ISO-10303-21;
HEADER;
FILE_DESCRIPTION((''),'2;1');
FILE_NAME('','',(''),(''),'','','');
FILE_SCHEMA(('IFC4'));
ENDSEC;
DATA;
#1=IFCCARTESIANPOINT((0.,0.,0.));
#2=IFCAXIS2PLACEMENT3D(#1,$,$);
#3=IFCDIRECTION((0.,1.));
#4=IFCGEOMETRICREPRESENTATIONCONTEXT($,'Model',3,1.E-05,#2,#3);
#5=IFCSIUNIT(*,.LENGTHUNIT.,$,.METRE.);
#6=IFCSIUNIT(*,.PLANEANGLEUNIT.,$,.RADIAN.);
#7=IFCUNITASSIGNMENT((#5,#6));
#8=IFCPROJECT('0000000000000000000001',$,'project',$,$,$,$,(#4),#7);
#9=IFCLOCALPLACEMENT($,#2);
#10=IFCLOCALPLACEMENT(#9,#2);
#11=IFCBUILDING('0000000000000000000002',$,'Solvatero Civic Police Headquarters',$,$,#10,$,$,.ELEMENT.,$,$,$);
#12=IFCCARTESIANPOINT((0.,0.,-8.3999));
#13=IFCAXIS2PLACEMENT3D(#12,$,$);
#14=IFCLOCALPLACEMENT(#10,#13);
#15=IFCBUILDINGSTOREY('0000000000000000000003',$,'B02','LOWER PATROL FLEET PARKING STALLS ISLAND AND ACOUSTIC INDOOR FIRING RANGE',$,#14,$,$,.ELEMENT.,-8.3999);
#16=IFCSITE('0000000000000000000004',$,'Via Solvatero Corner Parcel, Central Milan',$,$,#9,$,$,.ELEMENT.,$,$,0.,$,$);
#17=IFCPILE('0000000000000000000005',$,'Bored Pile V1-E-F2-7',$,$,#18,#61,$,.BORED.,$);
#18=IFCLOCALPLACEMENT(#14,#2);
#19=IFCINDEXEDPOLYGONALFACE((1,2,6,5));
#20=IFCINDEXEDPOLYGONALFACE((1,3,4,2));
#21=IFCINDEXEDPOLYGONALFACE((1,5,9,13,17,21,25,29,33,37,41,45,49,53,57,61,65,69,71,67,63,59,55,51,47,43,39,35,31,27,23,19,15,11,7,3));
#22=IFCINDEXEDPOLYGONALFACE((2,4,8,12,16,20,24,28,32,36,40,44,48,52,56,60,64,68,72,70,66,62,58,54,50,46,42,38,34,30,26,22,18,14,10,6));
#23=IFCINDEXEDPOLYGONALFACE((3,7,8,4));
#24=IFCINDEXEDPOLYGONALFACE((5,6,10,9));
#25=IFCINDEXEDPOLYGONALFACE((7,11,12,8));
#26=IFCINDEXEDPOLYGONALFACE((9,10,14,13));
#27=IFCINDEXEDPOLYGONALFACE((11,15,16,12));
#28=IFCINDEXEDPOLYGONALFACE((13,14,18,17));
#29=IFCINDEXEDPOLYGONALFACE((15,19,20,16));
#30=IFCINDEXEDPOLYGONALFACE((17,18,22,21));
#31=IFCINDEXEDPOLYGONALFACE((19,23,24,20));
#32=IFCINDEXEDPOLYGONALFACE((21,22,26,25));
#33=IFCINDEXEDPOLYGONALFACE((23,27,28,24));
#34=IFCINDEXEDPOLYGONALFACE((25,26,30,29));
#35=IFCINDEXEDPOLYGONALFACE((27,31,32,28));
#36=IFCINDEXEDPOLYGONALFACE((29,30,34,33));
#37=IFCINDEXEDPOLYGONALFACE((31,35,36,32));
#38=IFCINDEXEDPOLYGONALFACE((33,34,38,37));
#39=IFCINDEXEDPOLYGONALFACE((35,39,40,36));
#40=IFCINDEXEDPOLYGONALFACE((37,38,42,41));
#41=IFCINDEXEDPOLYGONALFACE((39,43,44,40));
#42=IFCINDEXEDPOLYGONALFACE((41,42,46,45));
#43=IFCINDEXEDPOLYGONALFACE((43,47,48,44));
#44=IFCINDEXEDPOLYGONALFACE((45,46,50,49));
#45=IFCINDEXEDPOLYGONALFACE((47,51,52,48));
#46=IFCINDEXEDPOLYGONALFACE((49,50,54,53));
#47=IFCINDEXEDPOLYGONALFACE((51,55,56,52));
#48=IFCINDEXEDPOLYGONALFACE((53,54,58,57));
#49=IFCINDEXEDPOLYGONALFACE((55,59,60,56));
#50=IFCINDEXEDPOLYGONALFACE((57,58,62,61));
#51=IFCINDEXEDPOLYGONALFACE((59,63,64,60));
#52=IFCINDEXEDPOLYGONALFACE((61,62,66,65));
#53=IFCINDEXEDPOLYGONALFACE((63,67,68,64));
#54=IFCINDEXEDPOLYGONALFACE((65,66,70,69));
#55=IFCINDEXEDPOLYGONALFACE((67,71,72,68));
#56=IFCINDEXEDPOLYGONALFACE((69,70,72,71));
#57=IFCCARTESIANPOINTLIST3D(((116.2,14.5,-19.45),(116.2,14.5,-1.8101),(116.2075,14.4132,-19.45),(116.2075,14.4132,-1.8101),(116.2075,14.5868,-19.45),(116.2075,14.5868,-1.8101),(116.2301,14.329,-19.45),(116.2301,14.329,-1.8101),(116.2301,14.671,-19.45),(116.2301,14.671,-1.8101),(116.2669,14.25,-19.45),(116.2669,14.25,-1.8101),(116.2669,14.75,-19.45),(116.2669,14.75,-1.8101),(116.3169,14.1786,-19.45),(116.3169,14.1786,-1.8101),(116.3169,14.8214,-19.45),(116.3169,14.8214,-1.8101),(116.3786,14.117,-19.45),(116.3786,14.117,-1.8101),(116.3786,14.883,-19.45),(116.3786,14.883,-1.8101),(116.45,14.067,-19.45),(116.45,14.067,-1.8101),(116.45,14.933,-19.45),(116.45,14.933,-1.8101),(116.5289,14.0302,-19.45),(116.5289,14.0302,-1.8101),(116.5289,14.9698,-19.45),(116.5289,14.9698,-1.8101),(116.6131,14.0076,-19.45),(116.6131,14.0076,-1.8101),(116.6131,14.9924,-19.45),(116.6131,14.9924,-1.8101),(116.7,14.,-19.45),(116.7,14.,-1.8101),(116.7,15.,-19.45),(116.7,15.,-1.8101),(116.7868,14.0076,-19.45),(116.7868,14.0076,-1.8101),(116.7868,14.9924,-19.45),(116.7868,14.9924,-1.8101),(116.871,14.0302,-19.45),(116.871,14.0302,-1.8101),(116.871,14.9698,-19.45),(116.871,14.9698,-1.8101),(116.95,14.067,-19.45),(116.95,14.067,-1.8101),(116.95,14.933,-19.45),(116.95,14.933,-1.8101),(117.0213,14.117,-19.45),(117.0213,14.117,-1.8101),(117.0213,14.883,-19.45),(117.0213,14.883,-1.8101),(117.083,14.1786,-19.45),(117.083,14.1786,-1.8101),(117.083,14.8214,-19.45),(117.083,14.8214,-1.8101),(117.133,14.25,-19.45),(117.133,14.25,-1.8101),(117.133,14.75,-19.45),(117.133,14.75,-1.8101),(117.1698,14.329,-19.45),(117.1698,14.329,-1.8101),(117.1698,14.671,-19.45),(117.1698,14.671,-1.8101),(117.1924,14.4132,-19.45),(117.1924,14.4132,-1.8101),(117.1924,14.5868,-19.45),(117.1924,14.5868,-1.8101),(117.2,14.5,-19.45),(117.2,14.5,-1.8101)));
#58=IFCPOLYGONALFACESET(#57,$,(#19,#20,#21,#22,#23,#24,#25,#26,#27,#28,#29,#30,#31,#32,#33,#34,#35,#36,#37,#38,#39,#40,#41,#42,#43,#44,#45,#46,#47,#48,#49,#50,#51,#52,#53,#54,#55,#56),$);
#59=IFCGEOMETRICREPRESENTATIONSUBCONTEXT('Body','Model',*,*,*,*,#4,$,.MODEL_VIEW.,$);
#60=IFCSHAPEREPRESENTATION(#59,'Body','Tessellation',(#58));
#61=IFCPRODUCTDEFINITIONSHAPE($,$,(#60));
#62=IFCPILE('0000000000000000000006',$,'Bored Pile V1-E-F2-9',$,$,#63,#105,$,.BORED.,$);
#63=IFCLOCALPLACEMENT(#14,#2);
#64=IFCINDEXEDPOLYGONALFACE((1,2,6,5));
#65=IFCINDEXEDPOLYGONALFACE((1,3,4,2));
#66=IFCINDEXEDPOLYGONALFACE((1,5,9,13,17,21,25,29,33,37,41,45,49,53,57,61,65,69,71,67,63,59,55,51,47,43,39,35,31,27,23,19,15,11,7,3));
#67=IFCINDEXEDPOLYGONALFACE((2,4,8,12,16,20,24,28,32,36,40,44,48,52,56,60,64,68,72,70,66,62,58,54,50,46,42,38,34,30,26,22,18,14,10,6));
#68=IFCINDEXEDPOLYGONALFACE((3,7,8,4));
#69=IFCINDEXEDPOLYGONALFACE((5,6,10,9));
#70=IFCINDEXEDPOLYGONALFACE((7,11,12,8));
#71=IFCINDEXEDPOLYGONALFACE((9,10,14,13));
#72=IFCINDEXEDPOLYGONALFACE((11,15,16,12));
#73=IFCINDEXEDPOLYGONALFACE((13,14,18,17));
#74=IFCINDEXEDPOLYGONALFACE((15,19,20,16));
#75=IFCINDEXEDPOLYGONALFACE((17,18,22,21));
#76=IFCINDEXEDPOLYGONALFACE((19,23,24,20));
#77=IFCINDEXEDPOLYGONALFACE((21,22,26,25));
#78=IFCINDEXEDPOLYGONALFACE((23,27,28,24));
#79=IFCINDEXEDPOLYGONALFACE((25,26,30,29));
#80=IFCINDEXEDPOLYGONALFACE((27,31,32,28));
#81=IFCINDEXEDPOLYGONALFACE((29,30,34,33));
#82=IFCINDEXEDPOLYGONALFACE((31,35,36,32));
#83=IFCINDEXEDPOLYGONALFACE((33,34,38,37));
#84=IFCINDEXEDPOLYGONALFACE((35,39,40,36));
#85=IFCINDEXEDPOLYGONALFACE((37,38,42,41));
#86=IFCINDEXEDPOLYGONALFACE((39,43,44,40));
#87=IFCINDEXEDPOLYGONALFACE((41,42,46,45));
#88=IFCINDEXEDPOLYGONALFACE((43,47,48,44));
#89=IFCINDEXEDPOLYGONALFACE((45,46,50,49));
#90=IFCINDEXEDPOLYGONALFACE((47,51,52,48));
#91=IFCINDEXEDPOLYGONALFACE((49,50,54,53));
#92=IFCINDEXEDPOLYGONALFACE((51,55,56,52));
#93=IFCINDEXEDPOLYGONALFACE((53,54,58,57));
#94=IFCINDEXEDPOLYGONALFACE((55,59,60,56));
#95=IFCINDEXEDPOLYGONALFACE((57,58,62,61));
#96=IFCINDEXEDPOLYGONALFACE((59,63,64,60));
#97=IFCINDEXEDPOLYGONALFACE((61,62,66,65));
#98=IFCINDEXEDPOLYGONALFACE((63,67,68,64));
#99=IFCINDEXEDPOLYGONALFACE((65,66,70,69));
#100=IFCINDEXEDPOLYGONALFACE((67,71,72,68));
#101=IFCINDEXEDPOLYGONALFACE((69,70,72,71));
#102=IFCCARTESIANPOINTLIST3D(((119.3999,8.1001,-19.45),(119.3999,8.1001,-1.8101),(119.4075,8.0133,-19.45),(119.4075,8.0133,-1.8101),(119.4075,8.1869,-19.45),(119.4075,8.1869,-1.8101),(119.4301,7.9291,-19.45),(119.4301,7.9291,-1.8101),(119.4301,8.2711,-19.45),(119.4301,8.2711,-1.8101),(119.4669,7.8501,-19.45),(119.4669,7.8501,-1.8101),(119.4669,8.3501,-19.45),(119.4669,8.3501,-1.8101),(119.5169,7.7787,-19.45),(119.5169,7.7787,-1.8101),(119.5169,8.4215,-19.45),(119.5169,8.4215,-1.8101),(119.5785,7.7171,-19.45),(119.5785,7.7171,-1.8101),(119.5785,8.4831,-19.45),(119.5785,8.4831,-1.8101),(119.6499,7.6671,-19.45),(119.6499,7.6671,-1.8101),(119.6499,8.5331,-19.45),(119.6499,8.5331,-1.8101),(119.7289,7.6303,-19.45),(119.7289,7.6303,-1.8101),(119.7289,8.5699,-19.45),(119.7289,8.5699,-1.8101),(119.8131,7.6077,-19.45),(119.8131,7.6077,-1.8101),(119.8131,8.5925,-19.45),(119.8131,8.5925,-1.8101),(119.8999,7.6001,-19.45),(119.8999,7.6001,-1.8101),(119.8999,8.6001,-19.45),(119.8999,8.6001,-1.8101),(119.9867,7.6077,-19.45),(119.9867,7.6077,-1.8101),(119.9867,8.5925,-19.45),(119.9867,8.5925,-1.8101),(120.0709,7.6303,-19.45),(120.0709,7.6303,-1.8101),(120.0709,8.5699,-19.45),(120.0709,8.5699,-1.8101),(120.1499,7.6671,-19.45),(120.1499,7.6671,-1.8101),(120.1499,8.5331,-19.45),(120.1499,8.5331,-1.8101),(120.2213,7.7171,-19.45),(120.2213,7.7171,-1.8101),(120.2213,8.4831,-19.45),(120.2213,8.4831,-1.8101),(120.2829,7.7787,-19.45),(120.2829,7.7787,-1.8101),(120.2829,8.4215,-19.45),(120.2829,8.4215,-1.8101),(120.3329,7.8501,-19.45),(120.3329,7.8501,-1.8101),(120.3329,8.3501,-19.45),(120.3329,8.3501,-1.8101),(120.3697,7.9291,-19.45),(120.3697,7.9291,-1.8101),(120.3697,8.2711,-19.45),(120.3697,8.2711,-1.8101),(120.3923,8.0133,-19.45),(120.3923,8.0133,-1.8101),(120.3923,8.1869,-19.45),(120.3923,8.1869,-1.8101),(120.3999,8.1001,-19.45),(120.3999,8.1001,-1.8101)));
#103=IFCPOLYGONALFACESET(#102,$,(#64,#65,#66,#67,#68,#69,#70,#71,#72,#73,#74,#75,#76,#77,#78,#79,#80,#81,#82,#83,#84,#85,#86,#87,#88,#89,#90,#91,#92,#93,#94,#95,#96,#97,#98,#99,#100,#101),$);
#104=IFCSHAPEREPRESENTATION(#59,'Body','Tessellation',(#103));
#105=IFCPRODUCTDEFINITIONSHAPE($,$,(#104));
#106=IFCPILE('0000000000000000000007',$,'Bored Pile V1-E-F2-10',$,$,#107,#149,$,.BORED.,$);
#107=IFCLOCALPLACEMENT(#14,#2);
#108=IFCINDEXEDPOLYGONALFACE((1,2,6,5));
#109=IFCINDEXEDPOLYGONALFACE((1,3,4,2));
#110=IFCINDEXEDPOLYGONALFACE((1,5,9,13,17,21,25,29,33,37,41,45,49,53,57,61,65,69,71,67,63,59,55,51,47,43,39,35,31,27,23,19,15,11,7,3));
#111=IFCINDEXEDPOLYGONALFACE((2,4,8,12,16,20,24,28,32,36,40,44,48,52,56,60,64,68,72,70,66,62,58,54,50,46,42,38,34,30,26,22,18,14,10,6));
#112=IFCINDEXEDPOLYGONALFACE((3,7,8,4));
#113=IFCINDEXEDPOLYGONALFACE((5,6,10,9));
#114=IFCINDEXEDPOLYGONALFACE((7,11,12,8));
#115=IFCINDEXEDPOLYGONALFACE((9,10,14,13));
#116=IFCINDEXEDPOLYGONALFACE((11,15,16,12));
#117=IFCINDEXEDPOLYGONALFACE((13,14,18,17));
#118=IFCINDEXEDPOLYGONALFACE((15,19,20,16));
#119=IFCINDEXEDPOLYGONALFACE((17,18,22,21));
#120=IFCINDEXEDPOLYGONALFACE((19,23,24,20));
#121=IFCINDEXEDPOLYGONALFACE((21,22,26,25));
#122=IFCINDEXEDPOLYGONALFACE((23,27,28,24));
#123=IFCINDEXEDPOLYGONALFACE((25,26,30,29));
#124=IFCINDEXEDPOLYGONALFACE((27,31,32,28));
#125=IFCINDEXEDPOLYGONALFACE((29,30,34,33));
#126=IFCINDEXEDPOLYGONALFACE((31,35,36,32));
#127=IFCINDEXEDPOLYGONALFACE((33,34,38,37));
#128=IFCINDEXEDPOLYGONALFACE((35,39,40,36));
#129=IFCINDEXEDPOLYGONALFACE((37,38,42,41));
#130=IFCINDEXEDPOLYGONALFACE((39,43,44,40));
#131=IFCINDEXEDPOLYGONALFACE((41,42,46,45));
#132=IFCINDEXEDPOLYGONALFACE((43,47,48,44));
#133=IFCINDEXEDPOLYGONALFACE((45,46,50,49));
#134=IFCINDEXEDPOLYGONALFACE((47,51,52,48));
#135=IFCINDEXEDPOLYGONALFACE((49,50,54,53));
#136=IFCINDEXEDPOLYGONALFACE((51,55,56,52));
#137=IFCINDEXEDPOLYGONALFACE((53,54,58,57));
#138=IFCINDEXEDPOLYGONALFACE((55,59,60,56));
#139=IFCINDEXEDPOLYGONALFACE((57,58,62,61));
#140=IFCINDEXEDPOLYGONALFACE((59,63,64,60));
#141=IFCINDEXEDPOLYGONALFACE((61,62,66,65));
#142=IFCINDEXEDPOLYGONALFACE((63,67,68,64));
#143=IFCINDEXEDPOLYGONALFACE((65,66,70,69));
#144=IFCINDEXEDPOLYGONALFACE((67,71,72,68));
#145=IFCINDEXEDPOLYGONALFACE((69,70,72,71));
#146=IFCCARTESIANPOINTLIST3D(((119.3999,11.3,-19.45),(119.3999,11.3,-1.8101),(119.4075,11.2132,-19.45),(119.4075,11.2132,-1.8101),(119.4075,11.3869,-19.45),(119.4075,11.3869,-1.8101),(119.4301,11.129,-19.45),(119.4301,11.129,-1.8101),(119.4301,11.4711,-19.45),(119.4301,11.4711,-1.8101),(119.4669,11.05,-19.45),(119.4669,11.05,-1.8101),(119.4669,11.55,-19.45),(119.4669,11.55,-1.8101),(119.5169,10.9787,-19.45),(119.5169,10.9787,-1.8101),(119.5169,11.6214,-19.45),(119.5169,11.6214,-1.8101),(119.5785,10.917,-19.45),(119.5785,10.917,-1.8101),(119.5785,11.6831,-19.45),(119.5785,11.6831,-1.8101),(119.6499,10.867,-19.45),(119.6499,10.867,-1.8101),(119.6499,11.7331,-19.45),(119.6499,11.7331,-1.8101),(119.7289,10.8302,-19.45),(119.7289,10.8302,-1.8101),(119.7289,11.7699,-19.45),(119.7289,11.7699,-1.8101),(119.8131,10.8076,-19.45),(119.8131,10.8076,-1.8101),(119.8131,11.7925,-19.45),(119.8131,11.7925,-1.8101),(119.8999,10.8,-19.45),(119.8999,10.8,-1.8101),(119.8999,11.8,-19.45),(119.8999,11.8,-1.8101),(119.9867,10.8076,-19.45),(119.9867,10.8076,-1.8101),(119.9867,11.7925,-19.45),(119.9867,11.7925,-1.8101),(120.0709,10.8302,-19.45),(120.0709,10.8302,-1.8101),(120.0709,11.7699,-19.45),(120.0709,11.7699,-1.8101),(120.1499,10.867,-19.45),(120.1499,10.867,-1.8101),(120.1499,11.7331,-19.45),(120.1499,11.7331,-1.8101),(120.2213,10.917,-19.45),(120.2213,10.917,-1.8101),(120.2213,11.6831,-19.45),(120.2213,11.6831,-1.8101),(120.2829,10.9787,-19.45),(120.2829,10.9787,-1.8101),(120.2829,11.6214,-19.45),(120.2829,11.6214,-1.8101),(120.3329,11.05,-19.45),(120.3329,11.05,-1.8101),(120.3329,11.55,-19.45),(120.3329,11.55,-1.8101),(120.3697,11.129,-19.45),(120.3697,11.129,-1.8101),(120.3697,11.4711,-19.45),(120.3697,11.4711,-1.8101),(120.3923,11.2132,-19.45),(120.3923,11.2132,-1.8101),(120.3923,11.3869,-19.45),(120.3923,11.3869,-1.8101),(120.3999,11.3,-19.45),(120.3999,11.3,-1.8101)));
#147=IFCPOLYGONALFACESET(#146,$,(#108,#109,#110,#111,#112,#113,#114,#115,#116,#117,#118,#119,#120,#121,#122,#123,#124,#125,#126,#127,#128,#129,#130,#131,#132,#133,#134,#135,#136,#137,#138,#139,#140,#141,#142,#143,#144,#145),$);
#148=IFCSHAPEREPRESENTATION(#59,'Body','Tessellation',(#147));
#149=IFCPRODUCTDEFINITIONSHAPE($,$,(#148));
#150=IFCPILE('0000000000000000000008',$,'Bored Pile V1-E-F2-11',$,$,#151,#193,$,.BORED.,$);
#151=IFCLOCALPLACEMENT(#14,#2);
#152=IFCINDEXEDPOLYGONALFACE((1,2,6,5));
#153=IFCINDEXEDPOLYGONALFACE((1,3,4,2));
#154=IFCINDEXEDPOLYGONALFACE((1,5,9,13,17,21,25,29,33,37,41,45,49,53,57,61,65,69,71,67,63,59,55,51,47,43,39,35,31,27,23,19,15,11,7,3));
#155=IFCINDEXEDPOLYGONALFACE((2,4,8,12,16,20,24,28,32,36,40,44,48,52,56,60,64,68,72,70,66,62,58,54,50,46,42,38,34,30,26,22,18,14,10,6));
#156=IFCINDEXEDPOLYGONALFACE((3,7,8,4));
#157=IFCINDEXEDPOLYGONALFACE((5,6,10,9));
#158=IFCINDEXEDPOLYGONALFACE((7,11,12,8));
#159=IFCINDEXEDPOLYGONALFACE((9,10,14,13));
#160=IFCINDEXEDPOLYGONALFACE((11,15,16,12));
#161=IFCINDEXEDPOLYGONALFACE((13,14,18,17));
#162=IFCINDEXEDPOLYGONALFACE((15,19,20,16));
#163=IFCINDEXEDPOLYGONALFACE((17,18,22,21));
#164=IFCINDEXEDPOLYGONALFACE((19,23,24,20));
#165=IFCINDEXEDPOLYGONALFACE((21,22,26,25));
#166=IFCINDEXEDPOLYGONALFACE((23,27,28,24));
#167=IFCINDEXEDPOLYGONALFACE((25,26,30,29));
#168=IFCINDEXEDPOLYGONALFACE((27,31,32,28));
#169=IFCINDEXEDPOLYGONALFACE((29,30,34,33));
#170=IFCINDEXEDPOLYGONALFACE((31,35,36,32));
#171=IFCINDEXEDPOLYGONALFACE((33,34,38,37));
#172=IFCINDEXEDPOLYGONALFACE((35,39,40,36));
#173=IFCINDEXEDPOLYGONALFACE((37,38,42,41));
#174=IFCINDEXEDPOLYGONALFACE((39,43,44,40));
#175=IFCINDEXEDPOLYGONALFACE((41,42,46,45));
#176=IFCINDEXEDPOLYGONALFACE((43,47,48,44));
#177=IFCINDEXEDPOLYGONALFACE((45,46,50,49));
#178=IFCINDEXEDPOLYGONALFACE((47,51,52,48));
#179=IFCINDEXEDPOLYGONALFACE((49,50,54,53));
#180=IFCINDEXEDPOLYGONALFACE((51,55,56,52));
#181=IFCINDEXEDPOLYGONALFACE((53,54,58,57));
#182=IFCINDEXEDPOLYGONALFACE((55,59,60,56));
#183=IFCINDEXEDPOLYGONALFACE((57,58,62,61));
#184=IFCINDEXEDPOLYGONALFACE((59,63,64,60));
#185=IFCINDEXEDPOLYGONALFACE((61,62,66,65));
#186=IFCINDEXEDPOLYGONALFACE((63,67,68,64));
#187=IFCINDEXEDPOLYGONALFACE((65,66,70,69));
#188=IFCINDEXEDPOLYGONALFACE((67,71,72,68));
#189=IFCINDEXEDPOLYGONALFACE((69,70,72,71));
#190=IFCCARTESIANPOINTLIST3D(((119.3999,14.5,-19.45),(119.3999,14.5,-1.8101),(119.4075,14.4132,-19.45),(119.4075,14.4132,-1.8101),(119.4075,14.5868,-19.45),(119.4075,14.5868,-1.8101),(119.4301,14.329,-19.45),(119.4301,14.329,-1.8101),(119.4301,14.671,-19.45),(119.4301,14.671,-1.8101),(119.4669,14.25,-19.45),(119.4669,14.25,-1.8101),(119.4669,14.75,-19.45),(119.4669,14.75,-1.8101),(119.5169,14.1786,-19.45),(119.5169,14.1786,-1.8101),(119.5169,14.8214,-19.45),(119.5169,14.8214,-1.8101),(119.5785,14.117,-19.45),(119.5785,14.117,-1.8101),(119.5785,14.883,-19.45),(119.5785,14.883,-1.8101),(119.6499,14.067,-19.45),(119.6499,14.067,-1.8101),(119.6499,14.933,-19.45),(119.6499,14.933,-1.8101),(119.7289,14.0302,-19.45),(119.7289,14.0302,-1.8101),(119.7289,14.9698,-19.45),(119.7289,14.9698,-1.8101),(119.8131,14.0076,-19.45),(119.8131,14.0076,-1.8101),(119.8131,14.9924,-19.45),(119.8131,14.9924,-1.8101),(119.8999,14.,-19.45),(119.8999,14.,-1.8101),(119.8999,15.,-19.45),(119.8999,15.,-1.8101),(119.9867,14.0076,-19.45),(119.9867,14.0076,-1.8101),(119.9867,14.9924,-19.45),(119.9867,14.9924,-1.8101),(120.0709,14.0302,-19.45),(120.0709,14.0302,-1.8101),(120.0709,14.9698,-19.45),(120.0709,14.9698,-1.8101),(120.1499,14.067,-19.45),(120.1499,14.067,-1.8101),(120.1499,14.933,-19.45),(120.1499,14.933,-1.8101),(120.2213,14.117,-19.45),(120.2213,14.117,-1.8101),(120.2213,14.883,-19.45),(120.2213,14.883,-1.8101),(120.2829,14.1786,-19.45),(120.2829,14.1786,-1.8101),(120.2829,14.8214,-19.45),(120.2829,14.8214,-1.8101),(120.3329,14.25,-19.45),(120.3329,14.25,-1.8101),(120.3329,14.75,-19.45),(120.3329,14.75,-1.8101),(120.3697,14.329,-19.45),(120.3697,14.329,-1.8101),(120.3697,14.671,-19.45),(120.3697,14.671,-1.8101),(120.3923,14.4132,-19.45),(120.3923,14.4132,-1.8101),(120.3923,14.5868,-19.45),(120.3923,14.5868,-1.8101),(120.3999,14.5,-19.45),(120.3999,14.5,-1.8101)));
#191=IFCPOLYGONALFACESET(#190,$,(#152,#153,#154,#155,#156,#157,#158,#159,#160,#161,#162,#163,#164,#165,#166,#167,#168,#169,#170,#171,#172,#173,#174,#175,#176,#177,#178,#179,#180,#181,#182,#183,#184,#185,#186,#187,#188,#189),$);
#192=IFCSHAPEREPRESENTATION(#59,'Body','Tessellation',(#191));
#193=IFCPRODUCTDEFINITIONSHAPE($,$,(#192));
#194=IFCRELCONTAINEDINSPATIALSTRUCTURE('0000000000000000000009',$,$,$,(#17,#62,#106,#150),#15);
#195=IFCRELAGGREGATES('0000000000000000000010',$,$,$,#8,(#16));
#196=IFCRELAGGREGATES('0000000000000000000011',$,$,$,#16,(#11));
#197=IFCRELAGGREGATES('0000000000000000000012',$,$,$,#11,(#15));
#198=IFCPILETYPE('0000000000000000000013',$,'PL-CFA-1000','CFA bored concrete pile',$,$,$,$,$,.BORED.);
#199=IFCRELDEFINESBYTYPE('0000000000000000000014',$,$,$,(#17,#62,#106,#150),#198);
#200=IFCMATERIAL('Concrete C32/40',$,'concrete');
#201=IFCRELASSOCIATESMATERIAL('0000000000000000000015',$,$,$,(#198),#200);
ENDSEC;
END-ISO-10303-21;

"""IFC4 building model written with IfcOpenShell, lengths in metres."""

from ifc_helpers import new_model, si_unit, direction, frame, origin, origin_2d, place, context, subcontext, project, spatial, circle, extrude, material, material_profile, profile_set, type_object, element, save


model = new_model("IFC4")

# Units and contexts
model_context = context("Model", 3, precision=1e-05, world=origin(), true_north=direction((0.0, 1.0)))
body_context = subcontext(model_context, "Body", "Model", "MODEL_VIEW")
ifc_project = project(units=[si_unit("LENGTHUNIT", "METRE"), si_unit("PLANEANGLEUNIT", "RADIAN")], contexts=[model_context])

# Site, building, storey
site_placement = place(None, origin())
site = spatial("IfcSite", under=ifc_project, at=site_placement, Name="Via Solvatero Corner Parcel, Central Milan", CompositionType="ELEMENT", RefElevation=0.0)
building_placement = place(site_placement, origin())
building = spatial("IfcBuilding", under=site, at=building_placement, Name="Solvatero Civic Police Headquarters", CompositionType="ELEMENT")
storey_placement = place(building_placement, frame((0.0, 0.0, -8.3999)))
storey = spatial("IfcBuildingStorey", under=building, at=storey_placement, Name="B02", Description="LOWER PATROL FLEET PARKING STALLS ISLAND AND ACOUSTIC INDOOR FIRING RANGE", CompositionType="ELEMENT", Elevation=-8.3999)

# Piles
ifc_material_1 = material(Name="Concrete C32/40", Category="concrete")
ifc_material_profile_1 = material_profile(ifc_material_1, circle(Radius=0.5, at=origin_2d()), Name="CFA PILE D1000")
ifc_profile_set_1 = profile_set([ifc_material_profile_1], Name="Concrete C32/40")
pile_type_1 = type_object("IfcPileType", Name="PL-CFA-1000", Description="CFA bored concrete pile", PredefinedType="BORED", material=ifc_profile_set_1)
for number, where, z_axis, x_axis, name in (
    (1, (116.7, 14.5, -1.8101), (0.0, 0.0, -1.0), (1.0, 0.0, 0.0), "Bored Pile V1-E-F2-7"),
    (2, (119.8999, 8.1001, -1.8101), (0.0, 0.0, -1.0), (1.0, 0.0, 0.0), "Bored Pile V1-E-F2-9"),
    (3, (119.8999, 11.3, -1.8101), (0.0, 0.0, -1.0), (1.0, 0.0, 0.0), "Bored Pile V1-E-F2-10"),
    (4, (119.8999, 14.5, -1.8101), (0.0, 0.0, -1.0), (1.0, 0.0, 0.0), "Bored Pile V1-E-F2-11"),
):
    element("IfcPile", number, at=place(storey_placement, frame(where, z_axis=z_axis, x_axis=x_axis)), inside=storey, type_object=pile_type_1, Name=name, PredefinedType="BORED", context=body_context, shape_type="SweptSolid", body=[
        extrude(circle(Radius=0.5, at=origin_2d()), origin(), (0.0, 0.0, 1.0), 17.6399),
    ])

save(model, "model.ifc")
